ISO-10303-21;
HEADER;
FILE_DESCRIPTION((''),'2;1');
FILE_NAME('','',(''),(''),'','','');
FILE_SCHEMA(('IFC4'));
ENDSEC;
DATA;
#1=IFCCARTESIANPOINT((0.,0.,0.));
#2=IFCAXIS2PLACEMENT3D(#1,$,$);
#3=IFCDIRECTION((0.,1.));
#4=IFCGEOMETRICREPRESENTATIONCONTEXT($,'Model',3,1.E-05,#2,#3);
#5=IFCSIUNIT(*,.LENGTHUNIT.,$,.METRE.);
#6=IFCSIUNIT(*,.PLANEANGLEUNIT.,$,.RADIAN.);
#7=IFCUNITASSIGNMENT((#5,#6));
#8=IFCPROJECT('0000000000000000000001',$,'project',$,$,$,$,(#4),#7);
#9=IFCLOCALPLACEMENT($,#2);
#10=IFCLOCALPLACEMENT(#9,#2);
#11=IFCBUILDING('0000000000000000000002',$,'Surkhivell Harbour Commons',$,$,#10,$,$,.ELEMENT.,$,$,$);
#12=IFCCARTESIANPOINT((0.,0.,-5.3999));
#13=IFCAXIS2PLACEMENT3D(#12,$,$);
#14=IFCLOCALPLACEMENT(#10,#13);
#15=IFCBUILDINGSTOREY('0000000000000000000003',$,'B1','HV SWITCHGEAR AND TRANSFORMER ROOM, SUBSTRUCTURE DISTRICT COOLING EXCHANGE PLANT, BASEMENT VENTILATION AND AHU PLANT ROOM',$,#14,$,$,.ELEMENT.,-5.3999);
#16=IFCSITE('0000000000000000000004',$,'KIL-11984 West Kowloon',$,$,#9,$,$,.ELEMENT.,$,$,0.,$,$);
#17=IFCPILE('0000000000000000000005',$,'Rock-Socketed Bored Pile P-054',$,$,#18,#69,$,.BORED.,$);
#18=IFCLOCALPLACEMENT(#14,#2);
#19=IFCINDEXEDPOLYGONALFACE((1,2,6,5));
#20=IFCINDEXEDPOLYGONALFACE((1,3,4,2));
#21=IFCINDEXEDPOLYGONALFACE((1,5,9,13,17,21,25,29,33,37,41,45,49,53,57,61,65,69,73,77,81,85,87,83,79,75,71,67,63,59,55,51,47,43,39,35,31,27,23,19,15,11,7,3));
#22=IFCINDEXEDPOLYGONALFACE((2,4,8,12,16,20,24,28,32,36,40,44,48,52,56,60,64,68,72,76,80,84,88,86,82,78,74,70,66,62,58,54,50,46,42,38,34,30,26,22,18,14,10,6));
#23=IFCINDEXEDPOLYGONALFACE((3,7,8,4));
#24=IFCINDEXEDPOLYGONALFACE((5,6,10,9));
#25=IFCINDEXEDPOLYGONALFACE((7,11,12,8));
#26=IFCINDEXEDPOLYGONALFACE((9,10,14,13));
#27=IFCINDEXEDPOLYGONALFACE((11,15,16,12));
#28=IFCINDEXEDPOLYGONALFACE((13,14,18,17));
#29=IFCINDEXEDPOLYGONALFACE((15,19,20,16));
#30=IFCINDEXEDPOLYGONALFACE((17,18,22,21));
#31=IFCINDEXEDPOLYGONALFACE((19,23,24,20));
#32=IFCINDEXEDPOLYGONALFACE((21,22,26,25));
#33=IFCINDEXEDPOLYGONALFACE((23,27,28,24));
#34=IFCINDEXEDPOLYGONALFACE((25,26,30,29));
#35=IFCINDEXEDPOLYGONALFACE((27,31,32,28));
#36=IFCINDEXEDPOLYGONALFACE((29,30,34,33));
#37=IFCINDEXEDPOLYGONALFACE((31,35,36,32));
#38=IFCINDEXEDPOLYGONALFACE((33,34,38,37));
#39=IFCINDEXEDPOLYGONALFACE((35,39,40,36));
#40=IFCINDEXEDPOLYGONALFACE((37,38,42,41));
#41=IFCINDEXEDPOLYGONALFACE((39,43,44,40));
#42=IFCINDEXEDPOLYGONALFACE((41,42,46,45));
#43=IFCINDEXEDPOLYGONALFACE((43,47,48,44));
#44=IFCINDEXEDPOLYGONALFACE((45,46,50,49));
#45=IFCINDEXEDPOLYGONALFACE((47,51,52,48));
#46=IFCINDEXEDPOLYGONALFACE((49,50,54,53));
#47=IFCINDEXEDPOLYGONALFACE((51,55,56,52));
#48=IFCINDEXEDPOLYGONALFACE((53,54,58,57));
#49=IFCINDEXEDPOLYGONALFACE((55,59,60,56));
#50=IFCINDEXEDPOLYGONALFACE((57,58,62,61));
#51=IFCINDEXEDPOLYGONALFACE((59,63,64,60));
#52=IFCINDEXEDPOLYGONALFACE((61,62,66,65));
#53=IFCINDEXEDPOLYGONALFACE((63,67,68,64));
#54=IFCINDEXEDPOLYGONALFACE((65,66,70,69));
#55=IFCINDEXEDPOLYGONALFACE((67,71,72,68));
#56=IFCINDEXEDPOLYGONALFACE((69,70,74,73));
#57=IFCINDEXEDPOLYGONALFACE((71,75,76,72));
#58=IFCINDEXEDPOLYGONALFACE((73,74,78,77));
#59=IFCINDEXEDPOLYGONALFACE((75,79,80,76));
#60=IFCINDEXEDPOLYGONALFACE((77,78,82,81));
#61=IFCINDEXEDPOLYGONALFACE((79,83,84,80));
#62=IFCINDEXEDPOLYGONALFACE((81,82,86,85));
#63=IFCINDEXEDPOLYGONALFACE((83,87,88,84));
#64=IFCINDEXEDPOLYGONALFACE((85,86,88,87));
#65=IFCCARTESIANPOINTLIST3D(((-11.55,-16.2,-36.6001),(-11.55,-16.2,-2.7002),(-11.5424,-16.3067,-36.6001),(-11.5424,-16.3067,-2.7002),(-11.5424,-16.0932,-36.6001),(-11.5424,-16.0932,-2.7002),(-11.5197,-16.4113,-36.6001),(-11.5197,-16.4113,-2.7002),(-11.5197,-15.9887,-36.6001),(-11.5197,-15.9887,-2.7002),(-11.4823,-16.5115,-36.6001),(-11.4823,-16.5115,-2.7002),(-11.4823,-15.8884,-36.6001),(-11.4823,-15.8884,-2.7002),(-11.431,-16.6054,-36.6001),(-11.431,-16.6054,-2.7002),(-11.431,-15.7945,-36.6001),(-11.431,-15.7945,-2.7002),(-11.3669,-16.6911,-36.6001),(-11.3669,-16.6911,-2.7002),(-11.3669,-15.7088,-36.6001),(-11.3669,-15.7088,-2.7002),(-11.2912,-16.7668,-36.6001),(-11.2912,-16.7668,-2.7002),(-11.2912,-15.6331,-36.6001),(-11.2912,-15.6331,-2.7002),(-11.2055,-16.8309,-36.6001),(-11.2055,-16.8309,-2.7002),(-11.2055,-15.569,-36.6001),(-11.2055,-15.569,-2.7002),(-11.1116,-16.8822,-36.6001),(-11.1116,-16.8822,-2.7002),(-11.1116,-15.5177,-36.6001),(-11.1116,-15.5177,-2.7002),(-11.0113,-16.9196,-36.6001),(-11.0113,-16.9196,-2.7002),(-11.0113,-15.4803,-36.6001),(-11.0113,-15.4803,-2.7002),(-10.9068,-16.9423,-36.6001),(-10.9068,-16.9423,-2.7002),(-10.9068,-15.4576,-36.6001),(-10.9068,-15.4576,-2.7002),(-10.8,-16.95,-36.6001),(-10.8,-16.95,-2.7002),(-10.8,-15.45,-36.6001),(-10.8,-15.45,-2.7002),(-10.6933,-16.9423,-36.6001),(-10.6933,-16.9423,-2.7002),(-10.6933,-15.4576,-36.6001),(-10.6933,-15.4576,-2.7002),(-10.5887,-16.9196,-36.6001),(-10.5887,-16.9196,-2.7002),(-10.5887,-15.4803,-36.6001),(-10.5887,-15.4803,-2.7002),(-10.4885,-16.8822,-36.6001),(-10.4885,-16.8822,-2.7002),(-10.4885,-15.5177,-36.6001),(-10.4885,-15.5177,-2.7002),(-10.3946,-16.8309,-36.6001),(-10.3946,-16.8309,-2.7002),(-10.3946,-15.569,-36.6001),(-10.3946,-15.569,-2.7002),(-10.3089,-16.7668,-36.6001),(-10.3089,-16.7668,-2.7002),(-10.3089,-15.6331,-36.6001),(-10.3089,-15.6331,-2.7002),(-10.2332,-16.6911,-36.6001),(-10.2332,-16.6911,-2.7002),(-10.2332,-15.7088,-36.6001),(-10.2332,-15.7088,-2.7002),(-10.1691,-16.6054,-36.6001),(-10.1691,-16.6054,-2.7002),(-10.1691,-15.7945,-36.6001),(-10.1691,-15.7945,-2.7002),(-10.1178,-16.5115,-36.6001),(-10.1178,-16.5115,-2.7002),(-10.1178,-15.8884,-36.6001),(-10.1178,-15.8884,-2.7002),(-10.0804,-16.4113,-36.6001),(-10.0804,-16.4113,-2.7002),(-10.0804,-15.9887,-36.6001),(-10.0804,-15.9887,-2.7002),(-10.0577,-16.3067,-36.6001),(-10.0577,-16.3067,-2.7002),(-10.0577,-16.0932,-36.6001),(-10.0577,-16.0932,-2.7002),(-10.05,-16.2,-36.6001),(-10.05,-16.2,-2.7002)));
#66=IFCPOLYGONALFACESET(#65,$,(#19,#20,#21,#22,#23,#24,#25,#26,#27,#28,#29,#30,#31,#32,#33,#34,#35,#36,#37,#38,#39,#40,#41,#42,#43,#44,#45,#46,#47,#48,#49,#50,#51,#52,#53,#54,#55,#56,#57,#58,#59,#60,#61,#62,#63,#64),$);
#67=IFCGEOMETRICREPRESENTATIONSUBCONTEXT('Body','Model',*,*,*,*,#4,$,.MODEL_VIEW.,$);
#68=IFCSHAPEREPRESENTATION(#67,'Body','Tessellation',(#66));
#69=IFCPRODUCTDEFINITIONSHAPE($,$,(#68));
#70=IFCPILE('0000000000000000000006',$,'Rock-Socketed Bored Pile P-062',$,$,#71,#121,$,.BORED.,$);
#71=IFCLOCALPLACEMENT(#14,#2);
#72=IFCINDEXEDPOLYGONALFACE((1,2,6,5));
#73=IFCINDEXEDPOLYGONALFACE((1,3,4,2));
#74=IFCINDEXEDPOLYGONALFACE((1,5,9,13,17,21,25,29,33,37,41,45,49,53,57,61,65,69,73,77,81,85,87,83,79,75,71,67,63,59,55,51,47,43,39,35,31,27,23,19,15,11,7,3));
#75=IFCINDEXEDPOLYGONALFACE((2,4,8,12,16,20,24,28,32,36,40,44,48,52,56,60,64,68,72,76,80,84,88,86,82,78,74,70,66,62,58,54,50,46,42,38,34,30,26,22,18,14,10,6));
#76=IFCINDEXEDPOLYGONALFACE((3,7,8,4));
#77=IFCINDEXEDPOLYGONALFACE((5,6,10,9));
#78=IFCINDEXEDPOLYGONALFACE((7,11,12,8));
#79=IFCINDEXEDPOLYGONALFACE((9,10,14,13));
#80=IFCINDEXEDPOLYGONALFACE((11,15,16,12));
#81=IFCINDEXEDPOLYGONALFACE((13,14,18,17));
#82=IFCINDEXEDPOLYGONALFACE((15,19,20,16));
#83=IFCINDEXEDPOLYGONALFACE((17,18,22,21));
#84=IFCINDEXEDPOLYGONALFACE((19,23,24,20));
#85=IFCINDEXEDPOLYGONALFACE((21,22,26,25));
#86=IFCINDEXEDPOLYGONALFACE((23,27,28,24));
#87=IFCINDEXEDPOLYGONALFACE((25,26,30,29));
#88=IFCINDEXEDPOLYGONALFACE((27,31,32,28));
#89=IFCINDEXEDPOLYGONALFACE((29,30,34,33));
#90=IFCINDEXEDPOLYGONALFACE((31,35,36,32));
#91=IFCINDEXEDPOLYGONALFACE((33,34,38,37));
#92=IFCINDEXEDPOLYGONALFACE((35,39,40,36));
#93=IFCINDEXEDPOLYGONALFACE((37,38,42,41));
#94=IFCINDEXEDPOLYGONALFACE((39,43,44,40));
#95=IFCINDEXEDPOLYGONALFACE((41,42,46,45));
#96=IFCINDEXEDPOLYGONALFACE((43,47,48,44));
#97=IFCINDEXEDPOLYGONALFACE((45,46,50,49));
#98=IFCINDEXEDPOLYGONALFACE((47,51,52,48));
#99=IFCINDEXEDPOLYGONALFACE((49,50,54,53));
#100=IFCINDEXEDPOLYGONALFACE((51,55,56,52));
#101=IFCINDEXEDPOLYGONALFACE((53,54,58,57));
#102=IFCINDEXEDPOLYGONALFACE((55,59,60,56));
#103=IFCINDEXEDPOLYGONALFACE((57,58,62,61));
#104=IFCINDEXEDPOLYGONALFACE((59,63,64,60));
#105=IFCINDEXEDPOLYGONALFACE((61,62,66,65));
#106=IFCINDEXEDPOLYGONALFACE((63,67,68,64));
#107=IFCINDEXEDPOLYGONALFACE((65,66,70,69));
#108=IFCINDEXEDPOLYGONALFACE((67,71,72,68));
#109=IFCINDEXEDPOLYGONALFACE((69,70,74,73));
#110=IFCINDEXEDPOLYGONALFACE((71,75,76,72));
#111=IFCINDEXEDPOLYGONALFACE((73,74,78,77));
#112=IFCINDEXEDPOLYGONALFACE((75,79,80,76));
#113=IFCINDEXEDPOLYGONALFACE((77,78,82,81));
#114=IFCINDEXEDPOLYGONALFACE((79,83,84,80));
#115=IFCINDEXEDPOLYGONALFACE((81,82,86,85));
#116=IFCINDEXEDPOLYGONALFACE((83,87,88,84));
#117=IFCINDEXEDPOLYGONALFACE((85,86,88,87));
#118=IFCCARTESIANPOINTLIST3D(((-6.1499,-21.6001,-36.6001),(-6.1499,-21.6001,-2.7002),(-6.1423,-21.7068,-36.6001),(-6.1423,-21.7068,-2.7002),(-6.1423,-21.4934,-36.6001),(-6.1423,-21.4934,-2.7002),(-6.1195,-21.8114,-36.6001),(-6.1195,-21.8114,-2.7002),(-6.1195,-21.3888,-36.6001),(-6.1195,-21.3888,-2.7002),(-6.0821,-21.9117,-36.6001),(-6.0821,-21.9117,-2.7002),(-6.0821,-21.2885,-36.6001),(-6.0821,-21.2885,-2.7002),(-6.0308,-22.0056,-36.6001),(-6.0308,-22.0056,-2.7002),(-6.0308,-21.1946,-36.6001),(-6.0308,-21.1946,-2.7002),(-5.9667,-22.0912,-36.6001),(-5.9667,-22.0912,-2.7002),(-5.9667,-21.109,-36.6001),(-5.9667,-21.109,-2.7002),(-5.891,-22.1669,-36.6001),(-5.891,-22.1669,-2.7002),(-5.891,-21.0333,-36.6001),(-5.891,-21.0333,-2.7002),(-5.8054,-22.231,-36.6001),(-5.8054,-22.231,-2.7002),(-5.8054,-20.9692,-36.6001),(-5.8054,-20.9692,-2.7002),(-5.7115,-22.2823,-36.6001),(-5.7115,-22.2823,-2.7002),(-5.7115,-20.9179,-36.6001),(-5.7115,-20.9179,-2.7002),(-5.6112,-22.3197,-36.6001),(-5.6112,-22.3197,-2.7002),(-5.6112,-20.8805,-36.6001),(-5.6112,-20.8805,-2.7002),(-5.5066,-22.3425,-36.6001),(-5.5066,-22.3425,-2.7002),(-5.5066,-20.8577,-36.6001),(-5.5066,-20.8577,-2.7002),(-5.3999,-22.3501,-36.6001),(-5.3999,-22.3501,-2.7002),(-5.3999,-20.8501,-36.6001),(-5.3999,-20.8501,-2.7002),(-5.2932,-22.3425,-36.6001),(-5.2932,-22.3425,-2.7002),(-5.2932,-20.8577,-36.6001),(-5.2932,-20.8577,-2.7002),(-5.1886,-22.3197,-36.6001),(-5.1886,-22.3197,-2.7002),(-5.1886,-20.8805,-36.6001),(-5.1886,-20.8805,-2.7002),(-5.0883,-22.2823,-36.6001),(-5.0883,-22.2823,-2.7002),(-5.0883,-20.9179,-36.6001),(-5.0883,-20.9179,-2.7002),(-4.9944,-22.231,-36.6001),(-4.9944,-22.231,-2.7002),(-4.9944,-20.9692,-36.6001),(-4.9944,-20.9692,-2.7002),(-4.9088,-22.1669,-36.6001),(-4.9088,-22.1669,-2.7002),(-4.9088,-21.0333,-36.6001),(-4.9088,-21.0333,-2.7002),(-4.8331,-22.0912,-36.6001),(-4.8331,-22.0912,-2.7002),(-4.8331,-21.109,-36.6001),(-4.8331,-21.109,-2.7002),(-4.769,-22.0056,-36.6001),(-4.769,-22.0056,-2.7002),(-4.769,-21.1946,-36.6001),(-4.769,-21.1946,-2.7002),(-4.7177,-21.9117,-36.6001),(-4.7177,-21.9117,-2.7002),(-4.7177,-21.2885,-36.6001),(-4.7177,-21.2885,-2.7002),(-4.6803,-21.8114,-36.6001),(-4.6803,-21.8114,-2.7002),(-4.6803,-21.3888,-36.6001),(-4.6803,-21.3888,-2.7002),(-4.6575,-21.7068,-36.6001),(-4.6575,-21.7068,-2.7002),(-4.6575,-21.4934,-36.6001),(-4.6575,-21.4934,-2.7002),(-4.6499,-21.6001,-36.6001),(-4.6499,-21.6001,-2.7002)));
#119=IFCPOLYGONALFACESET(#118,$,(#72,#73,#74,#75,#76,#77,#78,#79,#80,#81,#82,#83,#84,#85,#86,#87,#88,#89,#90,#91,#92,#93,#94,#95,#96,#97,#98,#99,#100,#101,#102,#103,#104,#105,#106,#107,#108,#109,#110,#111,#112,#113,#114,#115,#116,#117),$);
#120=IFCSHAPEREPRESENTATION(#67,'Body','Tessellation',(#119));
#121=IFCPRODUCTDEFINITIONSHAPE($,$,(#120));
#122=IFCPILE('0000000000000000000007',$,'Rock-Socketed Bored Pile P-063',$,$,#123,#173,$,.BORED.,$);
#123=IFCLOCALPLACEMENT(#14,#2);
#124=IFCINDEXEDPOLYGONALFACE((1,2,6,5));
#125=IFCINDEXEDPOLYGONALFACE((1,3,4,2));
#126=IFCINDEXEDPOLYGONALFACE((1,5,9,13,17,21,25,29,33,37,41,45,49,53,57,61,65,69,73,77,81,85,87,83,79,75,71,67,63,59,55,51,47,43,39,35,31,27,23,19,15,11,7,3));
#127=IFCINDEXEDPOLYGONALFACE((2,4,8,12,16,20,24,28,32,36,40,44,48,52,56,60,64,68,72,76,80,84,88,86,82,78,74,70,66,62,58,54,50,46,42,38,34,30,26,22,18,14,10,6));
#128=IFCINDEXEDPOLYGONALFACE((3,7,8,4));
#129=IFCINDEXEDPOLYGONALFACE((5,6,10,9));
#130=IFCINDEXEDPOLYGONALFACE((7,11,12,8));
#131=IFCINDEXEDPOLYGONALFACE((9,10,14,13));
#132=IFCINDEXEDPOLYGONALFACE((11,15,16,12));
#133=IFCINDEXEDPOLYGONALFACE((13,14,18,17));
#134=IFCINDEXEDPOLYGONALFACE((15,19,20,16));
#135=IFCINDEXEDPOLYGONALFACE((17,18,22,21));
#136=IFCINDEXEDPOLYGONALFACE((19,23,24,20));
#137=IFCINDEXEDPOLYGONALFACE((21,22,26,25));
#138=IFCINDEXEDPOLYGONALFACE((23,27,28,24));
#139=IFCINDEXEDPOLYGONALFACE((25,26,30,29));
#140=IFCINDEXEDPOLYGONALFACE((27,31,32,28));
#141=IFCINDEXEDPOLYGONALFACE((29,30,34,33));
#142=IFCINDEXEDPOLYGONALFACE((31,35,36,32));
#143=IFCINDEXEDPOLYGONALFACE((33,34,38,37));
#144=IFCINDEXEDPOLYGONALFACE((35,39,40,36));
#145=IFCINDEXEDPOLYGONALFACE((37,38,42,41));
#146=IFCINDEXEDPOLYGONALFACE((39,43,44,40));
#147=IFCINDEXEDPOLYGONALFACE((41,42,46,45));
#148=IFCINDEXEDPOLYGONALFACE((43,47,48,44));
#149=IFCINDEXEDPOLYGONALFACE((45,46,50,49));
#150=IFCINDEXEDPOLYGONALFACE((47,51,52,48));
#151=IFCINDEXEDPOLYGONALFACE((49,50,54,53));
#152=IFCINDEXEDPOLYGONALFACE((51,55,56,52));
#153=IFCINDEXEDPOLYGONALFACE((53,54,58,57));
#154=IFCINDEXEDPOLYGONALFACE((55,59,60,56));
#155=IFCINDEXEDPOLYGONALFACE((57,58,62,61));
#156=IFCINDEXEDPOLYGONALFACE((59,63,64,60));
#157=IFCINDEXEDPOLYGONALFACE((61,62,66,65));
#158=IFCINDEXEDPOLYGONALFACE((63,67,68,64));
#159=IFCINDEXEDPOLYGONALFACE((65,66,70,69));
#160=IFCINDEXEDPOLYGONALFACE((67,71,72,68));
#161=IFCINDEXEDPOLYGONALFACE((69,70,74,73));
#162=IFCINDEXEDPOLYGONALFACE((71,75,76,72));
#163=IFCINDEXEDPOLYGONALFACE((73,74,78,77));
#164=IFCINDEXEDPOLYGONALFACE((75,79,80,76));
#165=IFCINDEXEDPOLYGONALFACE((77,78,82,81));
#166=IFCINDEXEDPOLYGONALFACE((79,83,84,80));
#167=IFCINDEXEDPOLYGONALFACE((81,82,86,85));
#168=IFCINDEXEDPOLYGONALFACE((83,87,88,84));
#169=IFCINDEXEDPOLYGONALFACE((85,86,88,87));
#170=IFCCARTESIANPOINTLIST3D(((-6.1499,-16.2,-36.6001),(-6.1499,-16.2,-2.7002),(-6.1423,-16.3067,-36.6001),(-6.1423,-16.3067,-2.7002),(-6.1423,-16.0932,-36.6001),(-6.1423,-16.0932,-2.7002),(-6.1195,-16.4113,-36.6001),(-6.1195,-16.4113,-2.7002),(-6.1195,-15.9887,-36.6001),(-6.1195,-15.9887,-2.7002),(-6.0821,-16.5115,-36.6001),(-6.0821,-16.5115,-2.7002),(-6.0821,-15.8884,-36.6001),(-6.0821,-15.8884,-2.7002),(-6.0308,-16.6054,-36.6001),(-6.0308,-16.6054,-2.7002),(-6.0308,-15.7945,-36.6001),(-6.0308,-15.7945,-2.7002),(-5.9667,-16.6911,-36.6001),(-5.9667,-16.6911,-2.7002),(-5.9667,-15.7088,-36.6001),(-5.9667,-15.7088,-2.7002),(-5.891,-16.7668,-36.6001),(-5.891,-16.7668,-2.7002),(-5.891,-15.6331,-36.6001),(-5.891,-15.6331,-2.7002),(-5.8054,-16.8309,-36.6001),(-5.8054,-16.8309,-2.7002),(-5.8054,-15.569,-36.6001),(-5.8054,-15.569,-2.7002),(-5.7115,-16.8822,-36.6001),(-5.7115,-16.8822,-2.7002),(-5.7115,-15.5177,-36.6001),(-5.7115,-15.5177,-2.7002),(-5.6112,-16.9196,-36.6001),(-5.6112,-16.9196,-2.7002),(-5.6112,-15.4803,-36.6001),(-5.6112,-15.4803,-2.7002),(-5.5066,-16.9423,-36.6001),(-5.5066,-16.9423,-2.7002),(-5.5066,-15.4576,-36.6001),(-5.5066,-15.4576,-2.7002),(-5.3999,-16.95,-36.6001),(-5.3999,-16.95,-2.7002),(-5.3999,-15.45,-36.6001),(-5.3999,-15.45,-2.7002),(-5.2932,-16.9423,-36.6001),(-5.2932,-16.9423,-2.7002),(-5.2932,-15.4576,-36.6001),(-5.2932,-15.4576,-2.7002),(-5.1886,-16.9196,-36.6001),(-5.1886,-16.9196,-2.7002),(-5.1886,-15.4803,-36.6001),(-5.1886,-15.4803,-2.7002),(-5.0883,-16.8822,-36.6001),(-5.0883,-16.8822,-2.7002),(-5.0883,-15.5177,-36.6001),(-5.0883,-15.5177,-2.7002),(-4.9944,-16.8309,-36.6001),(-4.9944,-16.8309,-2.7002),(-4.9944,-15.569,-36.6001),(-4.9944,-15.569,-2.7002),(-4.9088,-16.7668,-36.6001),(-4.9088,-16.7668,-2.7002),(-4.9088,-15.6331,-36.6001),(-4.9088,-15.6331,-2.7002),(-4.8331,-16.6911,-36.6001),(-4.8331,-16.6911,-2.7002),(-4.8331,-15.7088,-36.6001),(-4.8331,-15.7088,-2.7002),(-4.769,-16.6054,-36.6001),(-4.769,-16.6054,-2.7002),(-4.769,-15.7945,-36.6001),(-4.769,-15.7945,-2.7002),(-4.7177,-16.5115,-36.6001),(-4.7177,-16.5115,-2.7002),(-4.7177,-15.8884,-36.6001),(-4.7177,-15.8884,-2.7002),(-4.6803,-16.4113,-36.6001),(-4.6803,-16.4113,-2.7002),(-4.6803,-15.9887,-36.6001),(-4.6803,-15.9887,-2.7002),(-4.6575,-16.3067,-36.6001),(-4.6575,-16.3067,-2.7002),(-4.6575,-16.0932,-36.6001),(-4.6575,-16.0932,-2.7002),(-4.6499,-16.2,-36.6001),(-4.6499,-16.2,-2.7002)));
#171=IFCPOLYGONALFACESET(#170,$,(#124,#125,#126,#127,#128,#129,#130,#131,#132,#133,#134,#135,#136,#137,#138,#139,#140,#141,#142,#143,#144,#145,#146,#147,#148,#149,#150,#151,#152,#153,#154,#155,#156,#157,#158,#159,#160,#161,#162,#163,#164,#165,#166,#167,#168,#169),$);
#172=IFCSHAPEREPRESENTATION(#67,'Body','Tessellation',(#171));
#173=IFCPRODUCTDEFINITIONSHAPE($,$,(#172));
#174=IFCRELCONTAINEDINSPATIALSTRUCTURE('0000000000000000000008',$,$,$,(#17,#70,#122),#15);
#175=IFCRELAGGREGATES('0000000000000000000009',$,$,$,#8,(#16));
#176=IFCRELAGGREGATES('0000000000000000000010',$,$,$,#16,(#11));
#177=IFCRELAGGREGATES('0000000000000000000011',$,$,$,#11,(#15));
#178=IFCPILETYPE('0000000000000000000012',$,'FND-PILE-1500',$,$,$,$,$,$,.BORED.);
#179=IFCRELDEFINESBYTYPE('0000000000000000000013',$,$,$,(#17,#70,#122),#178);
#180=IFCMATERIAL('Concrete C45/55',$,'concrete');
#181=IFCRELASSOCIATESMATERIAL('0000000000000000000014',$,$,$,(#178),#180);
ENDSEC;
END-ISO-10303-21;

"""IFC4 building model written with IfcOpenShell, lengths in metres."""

from ifc_helpers import new_model, si_unit, direction, frame, origin, origin_2d, place, context, subcontext, project, spatial, circle, extrude, material, material_profile, profile_set, type_object, element, save


model = new_model("IFC4")

# Units and contexts
model_context = context("Model", 3, precision=1e-05, world=origin(), true_north=direction((0.0, 1.0)))
body_context = subcontext(model_context, "Body", "Model", "MODEL_VIEW")
ifc_project = project(units=[si_unit("LENGTHUNIT", "METRE"), si_unit("PLANEANGLEUNIT", "RADIAN")], contexts=[model_context])

# Site, building, storey
site_placement = place(None, origin())
site = spatial("IfcSite", under=ifc_project, at=site_placement, Name="KIL-11984 West Kowloon", CompositionType="ELEMENT", RefElevation=0.0)
building_placement = place(site_placement, origin())
building = spatial("IfcBuilding", under=site, at=building_placement, Name="Surkhivell Harbour Commons", CompositionType="ELEMENT")
storey_placement = place(building_placement, frame((0.0, 0.0, -5.3999)))
storey = spatial("IfcBuildingStorey", under=building, at=storey_placement, Name="B1", Description="HV SWITCHGEAR AND TRANSFORMER ROOM, SUBSTRUCTURE DISTRICT COOLING EXCHANGE PLANT, BASEMENT VENTILATION AND AHU PLANT ROOM", CompositionType="ELEMENT", Elevation=-5.3999)

# Piles
ifc_material_1 = material(Name="Concrete C45/55", Category="concrete")
ifc_material_profile_1 = material_profile(ifc_material_1, circle(Radius=0.75, at=origin_2d()), Name="PILE-1500")
ifc_profile_set_1 = profile_set([ifc_material_profile_1], Name="Concrete C45/55")
pile_type_1 = type_object("IfcPileType", Name="FND-PILE-1500", PredefinedType="BORED", material=ifc_profile_set_1)
for number, where, z_axis, x_axis, name in (
    (1, (-10.8, -16.2, -2.7002), (0.0, 0.0, -1.0), (1.0, 0.0, 0.0), "Rock-Socketed Bored Pile P-054"),
    (2, (-5.3999, -21.6001, -2.7002), (0.0, 0.0, -1.0), (1.0, 0.0, 0.0), "Rock-Socketed Bored Pile P-062"),
    (3, (-5.3999, -16.2, -2.7002), (0.0, 0.0, -1.0), (1.0, 0.0, 0.0), "Rock-Socketed Bored Pile P-063"),
):
    element("IfcPile", number, at=place(storey_placement, frame(where, z_axis=z_axis, x_axis=x_axis)), inside=storey, type_object=pile_type_1, Name=name, PredefinedType="BORED", context=body_context, shape_type="SweptSolid", body=[
        extrude(circle(Radius=0.75, at=origin_2d()), origin(), (0.0, 0.0, 1.0), 33.8999),
    ])

save(model, "model.ifc")
